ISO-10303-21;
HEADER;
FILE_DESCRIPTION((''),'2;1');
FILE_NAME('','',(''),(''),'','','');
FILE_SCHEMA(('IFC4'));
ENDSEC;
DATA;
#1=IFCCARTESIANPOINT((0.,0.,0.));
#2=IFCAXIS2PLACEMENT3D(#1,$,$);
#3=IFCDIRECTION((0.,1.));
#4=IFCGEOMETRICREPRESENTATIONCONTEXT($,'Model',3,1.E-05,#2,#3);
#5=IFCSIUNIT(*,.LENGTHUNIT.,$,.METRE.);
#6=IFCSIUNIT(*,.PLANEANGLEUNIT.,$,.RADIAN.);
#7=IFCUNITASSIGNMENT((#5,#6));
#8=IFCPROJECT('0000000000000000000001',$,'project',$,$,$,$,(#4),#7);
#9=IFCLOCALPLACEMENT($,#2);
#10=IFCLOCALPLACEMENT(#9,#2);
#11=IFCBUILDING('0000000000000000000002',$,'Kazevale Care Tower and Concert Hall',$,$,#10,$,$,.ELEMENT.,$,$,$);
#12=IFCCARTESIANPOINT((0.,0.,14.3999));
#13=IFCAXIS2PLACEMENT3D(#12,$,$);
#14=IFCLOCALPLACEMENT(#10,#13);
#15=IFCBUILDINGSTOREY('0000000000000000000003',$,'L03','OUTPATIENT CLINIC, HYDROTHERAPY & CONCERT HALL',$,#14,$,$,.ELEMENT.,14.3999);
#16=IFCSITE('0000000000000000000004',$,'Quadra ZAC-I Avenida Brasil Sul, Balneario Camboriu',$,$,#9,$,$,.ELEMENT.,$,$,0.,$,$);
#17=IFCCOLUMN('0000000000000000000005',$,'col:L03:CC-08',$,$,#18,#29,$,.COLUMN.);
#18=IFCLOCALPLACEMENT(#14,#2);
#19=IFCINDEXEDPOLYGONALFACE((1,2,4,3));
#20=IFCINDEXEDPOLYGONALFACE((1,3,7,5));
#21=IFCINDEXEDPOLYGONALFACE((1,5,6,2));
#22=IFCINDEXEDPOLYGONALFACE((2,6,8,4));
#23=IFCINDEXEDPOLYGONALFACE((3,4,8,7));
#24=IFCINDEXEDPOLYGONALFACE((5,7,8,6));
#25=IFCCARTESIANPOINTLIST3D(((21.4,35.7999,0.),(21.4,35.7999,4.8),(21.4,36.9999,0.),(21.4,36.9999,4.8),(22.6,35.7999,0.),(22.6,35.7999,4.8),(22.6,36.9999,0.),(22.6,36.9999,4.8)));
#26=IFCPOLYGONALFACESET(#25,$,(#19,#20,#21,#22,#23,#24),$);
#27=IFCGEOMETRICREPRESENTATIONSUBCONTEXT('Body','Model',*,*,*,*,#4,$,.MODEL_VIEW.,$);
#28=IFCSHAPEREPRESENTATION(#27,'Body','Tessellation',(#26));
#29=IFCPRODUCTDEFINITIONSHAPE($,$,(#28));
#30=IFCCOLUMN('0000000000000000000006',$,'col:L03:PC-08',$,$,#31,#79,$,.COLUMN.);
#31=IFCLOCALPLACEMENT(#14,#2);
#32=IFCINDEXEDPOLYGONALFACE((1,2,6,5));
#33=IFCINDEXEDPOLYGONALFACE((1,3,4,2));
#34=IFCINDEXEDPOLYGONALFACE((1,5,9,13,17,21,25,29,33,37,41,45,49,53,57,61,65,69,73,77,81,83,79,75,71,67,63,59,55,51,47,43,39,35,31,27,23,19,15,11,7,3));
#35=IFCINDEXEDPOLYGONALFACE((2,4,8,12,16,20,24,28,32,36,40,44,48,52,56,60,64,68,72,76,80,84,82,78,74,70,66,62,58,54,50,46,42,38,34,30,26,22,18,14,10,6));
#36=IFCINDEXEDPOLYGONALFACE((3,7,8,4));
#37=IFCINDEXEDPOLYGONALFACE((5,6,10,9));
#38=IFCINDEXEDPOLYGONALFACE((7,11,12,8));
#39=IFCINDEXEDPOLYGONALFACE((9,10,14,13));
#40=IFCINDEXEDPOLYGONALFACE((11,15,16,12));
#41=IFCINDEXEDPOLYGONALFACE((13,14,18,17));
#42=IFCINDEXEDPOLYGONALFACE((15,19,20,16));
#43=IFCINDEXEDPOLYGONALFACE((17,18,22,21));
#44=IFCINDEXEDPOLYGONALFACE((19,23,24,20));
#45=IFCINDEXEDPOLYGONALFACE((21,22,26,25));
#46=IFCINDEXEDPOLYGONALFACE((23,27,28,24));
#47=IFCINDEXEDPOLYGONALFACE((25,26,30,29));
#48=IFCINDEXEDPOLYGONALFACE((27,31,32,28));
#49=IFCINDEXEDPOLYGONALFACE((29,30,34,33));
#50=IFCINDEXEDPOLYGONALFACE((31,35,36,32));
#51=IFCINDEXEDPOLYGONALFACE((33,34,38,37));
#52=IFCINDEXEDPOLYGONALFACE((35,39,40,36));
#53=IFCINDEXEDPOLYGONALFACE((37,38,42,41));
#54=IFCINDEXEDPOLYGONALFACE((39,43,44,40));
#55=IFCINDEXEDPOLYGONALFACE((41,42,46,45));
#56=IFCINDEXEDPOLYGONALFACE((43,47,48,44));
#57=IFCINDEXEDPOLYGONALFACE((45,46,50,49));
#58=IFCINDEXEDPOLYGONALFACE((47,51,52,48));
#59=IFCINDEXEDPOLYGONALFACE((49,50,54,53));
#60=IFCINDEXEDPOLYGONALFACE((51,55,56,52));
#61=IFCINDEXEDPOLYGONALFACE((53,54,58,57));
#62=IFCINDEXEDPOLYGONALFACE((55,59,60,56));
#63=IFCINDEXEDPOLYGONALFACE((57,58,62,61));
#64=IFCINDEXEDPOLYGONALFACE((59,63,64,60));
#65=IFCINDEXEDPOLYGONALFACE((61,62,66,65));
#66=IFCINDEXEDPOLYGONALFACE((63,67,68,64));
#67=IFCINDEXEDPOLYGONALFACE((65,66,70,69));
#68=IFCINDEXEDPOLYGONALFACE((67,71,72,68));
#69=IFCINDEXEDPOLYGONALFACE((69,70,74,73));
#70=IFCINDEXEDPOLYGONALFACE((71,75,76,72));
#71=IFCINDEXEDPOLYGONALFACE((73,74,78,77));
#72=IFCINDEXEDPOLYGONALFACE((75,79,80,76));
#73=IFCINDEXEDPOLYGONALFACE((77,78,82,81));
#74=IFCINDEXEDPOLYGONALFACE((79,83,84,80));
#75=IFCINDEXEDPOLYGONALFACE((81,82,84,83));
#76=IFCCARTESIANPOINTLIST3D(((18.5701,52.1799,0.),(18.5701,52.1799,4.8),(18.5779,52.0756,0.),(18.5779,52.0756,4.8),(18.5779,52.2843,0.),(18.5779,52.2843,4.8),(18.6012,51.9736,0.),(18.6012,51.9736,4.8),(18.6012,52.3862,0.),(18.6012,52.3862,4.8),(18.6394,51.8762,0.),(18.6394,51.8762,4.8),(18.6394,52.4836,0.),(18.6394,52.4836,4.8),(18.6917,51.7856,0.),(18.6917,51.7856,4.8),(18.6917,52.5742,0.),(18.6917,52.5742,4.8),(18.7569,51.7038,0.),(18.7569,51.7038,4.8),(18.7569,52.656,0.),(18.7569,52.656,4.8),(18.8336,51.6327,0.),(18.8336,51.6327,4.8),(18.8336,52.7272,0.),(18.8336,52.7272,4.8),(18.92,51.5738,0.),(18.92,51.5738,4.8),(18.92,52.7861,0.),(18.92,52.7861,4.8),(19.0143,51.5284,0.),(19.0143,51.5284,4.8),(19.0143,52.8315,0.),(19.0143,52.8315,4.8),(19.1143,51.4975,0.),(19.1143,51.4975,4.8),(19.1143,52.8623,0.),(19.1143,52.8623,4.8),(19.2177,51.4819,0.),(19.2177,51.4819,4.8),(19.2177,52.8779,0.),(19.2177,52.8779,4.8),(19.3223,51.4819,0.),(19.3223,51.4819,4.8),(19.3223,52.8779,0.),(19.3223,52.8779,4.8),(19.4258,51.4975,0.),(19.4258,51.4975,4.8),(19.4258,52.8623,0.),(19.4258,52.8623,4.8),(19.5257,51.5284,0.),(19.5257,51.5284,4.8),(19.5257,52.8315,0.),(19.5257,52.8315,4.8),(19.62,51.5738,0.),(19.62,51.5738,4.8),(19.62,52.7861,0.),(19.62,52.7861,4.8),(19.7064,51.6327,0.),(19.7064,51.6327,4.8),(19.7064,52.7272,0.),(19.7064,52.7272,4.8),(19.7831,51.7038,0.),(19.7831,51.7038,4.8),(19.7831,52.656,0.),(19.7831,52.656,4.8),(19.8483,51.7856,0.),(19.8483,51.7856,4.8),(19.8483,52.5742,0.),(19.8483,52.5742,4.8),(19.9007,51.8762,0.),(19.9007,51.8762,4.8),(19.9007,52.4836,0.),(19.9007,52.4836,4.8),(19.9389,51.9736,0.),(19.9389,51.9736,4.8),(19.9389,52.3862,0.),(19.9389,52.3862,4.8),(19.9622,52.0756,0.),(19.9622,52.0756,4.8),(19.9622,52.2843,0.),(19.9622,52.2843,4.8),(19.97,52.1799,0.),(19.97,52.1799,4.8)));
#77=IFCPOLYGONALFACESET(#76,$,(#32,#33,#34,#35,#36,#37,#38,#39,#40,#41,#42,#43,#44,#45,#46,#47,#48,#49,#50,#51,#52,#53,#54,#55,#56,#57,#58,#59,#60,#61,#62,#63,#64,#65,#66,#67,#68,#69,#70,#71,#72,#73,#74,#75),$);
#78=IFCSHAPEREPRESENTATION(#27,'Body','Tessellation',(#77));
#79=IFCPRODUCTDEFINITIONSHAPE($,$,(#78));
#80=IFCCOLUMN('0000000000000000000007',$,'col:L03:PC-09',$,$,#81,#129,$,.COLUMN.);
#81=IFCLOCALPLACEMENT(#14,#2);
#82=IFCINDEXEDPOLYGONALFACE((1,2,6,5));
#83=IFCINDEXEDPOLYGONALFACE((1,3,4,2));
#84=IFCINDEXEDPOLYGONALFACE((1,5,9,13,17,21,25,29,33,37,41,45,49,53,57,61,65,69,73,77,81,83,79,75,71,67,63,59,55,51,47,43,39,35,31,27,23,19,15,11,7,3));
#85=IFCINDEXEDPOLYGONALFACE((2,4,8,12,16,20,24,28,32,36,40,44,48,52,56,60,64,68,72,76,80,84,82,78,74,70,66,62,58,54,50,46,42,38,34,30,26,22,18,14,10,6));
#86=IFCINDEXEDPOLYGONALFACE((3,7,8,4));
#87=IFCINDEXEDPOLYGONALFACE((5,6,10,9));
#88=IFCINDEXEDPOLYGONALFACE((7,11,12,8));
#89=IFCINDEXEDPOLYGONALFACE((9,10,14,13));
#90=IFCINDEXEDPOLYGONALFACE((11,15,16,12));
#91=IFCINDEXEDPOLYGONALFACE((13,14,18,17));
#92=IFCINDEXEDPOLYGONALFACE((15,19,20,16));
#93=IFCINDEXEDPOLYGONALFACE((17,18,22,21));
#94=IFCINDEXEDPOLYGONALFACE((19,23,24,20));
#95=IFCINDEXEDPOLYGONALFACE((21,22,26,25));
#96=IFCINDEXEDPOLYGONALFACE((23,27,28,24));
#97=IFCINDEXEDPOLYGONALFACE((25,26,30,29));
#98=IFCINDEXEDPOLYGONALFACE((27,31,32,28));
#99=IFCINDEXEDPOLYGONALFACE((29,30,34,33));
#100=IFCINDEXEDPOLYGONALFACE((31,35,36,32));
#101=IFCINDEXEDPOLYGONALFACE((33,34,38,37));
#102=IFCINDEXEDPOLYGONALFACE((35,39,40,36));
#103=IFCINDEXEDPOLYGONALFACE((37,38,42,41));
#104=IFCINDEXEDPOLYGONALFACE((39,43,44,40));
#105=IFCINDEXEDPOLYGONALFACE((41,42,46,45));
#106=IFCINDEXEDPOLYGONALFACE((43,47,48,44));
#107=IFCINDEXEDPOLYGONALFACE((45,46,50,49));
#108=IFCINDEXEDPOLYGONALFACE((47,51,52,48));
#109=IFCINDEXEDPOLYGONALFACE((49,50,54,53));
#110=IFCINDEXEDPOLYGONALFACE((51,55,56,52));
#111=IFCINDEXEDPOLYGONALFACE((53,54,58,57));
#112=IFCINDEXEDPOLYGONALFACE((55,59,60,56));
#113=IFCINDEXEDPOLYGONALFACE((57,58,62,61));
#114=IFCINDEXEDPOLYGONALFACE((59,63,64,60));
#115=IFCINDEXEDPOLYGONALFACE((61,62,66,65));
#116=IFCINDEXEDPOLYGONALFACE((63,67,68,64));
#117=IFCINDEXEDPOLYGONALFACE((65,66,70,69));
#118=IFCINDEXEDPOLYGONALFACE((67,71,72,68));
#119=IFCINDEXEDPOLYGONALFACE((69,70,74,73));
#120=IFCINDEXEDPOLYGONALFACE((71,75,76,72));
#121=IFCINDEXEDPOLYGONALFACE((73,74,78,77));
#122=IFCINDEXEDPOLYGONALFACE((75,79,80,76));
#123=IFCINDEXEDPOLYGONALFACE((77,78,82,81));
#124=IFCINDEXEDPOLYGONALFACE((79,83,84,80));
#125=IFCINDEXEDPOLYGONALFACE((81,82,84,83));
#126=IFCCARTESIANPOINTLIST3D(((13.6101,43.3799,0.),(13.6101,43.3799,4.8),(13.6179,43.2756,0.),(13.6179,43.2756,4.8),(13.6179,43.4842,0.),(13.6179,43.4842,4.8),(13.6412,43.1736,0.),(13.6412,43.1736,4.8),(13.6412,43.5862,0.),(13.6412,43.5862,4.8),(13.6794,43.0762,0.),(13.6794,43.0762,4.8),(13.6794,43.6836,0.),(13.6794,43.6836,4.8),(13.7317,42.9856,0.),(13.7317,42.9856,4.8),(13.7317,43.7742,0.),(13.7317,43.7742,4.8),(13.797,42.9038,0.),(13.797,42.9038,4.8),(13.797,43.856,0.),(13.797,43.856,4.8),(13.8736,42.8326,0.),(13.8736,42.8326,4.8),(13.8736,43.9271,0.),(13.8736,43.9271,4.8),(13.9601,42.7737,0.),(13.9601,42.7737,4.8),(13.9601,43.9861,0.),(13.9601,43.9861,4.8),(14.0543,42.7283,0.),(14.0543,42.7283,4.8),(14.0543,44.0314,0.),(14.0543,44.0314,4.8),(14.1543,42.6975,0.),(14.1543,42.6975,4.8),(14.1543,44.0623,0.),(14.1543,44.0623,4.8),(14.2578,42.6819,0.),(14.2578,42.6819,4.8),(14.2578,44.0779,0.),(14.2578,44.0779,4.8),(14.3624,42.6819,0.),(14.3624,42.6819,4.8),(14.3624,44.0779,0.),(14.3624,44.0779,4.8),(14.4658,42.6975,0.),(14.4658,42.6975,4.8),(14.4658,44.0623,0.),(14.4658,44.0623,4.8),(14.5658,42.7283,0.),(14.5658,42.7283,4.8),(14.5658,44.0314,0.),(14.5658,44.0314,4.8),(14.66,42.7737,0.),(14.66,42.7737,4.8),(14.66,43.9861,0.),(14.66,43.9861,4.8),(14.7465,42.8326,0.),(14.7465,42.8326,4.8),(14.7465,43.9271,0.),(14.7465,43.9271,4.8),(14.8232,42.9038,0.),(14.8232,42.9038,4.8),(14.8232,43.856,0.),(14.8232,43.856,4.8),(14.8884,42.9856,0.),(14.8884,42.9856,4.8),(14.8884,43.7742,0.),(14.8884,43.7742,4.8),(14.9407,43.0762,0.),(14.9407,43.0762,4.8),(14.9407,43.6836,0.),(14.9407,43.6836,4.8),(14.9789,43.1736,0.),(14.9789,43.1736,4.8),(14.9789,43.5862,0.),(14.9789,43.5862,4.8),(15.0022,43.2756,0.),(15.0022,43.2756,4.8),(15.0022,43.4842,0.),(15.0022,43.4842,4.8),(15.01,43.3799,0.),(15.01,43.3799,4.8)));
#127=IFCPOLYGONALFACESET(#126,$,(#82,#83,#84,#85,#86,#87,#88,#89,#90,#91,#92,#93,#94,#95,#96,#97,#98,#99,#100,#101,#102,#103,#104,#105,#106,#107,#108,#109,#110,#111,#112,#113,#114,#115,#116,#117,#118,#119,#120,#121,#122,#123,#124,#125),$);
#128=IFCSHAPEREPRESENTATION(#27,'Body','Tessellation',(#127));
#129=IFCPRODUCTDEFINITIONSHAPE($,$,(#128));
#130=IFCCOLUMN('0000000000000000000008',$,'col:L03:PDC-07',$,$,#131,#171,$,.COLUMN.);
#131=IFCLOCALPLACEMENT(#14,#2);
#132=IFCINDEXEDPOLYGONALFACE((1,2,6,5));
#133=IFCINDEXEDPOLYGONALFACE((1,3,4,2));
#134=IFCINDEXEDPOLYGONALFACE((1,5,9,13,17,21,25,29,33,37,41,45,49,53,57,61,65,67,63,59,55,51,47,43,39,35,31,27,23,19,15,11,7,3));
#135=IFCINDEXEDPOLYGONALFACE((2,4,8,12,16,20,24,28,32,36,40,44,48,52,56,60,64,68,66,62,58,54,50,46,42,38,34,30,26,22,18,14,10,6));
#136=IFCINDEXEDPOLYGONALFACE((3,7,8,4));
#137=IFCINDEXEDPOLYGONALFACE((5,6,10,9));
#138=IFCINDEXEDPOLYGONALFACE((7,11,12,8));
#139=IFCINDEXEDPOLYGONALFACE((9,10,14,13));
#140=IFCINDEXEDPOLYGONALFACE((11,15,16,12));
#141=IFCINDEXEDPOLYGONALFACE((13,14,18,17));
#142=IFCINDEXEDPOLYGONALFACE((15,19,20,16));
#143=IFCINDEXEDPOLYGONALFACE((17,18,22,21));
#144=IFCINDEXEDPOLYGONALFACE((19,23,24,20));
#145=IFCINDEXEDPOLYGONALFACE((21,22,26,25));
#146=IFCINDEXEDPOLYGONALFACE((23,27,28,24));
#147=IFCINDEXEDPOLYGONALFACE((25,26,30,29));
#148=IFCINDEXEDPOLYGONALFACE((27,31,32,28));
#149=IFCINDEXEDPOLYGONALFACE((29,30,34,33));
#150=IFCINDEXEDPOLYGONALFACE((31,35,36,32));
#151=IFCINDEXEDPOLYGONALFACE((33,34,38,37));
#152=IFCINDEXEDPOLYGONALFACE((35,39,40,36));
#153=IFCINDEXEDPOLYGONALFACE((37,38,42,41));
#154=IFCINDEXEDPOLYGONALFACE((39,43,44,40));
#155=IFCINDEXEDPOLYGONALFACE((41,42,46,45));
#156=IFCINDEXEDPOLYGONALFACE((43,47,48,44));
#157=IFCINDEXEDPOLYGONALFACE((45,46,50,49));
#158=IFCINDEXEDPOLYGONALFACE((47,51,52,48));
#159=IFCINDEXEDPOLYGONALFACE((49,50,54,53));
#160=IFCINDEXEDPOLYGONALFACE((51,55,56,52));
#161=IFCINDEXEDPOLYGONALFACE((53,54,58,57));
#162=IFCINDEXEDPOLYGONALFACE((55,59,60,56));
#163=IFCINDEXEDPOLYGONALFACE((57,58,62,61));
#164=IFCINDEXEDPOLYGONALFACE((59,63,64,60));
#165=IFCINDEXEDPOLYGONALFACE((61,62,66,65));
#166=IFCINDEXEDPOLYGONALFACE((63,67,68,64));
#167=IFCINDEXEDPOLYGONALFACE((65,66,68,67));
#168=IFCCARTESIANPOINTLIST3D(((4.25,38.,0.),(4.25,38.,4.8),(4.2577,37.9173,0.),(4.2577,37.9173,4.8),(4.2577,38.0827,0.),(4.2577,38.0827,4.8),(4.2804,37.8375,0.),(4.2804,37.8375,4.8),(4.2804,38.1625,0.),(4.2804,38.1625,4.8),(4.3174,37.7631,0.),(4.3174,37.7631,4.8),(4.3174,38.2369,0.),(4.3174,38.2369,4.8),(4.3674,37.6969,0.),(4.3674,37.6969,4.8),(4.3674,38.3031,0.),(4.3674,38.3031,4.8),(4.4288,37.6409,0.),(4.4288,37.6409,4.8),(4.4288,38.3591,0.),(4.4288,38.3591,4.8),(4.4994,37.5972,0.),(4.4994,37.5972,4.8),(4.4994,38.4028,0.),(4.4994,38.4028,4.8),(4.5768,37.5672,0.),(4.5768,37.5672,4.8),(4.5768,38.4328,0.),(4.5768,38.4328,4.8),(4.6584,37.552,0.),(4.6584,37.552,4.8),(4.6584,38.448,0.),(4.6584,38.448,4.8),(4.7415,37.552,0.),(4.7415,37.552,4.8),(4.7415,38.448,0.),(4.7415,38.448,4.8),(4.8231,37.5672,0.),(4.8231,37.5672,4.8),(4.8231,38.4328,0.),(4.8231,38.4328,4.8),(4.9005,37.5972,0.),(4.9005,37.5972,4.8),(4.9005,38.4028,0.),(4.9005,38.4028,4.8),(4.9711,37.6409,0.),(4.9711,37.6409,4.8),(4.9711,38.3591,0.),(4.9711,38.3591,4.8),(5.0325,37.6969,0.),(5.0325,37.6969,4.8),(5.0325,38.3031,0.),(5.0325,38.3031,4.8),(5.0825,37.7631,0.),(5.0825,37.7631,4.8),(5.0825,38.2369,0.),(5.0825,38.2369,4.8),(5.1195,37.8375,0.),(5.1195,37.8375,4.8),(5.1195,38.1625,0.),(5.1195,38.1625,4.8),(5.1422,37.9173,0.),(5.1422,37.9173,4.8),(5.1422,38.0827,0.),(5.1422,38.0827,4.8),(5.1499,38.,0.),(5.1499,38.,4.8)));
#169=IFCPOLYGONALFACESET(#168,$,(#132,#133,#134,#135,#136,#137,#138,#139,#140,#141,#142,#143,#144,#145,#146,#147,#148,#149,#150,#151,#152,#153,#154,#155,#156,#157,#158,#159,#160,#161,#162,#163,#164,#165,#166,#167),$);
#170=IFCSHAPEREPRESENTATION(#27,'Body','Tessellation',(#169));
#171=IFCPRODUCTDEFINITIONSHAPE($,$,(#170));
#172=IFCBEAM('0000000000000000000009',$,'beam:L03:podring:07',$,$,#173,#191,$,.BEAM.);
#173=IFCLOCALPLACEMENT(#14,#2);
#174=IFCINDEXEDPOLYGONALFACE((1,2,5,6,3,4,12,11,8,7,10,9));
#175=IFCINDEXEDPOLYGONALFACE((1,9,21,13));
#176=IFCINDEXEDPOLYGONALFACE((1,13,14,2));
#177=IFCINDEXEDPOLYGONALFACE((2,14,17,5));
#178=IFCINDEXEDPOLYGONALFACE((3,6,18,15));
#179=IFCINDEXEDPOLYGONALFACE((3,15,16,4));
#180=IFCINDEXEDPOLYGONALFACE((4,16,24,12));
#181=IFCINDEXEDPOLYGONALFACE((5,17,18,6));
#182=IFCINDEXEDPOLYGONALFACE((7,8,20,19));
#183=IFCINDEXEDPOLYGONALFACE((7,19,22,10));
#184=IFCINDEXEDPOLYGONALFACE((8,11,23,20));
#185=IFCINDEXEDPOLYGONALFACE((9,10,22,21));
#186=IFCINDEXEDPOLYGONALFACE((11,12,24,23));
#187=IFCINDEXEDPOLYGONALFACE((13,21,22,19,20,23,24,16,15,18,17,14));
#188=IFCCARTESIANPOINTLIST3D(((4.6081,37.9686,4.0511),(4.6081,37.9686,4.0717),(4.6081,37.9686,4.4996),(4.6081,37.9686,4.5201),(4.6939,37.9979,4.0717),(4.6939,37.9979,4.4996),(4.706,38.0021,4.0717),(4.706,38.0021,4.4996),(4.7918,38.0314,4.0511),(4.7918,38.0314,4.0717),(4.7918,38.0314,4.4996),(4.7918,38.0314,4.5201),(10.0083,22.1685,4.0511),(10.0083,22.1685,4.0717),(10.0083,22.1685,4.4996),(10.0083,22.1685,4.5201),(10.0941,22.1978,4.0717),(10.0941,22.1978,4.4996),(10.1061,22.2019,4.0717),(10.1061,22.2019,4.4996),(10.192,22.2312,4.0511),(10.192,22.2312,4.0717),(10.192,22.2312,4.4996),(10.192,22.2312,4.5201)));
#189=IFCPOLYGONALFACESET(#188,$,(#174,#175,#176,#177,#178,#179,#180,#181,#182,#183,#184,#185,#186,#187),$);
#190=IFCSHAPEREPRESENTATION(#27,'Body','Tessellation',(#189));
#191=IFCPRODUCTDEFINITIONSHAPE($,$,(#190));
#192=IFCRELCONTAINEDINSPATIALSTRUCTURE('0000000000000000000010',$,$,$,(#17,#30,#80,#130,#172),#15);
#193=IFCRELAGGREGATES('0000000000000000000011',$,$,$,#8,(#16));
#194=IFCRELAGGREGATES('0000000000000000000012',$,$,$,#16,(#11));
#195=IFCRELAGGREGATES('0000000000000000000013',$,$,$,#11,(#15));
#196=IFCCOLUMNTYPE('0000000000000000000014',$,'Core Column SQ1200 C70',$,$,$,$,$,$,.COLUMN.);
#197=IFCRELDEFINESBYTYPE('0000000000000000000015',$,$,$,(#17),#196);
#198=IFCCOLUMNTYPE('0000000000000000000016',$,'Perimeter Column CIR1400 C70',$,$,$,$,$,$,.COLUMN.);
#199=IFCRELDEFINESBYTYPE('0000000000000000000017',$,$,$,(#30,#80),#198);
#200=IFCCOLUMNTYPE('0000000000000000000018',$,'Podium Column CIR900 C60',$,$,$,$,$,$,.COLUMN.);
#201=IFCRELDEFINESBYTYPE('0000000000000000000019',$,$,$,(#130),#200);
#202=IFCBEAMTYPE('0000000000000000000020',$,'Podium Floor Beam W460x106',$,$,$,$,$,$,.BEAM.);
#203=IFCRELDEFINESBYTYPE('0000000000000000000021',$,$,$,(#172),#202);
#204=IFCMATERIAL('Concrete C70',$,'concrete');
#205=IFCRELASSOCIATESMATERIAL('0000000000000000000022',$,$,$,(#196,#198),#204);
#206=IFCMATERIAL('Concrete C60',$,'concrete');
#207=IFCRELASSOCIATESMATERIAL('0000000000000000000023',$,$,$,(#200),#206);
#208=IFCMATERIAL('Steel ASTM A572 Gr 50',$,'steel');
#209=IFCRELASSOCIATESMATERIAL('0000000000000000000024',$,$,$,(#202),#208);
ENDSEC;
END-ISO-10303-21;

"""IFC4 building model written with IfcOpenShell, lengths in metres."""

from ifc_helpers import new_model, si_unit, direction, frame, origin, origin_2d, place, context, subcontext, project, spatial, rectangle, circle, i_section, extrude, material, material_profile, profile_set, type_object, element, save


model = new_model("IFC4")

# Units and contexts
model_context = context("Model", 3, precision=1e-05, world=origin(), true_north=direction((0.0, 1.0)))
body_context = subcontext(model_context, "Body", "Model", "MODEL_VIEW")
ifc_project = project(units=[si_unit("LENGTHUNIT", "METRE"), si_unit("PLANEANGLEUNIT", "RADIAN")], contexts=[model_context])

# Site, building, storey
site_placement = place(None, origin())
site = spatial("IfcSite", under=ifc_project, at=site_placement, Name="Quadra ZAC-I Avenida Brasil Sul, Balneario Camboriu", CompositionType="ELEMENT", RefElevation=0.0)
building_placement = place(site_placement, origin())
building = spatial("IfcBuilding", under=site, at=building_placement, Name="Kazevale Care Tower and Concert Hall", CompositionType="ELEMENT")
storey_placement = place(building_placement, frame((0.0, 0.0, 14.3999)))
storey = spatial("IfcBuildingStorey", under=building, at=storey_placement, Name="L03", Description="OUTPATIENT CLINIC, HYDROTHERAPY & CONCERT HALL", CompositionType="ELEMENT", Elevation=14.3999)

# Columns
ifc_material_1 = material(Name="Concrete C70", Category="concrete")
ifc_material_profile_1 = material_profile(ifc_material_1, rectangle(XDim=1.2, YDim=1.2, at=origin_2d()), Name="RC-SQ1200")
ifc_profile_set_1 = profile_set([ifc_material_profile_1], Name="Concrete C70")
column_type_1 = type_object("IfcColumnType", Name="Core Column SQ1200 C70", PredefinedType="COLUMN", material=ifc_profile_set_1)
column_1_placement = place(storey_placement, frame((22.0, 36.3999, 0.0), z_axis=(0.0, 0.0, 1.0), x_axis=(1.0, 0.0, 0.0)))
element("IfcColumn", 1, at=column_1_placement, inside=storey, type_object=column_type_1, Name="col:L03:CC-08", PredefinedType="COLUMN", context=body_context, shape_type="SweptSolid", body=[
    extrude(rectangle(XDim=1.2, YDim=1.2, at=origin_2d()), origin(), (0.0, 0.0, 1.0), 4.8),
])
ifc_material_profile_2 = material_profile(ifc_material_1, circle(Radius=0.7, at=origin_2d()), Name="RC-CIR1400")
ifc_profile_set_2 = profile_set([ifc_material_profile_2], Name="Concrete C70")
column_type_2 = type_object("IfcColumnType", Name="Perimeter Column CIR1400 C70", PredefinedType="COLUMN", material=ifc_profile_set_2)
for number, where, z_axis, x_axis, name in (
    (2, (19.27, 52.1799, 0.0), (0.0, 0.0, 1.0), (1.0, 0.0, 0.0), "col:L03:PC-08"),
    (3, (14.3101, 43.3799, 0.0), (0.0, 0.0, 1.0), (1.0, 0.0, 0.0), "col:L03:PC-09"),
):
    element("IfcColumn", number, at=place(storey_placement, frame(where, z_axis=z_axis, x_axis=x_axis)), inside=storey, type_object=column_type_2, Name=name, PredefinedType="COLUMN", context=body_context, shape_type="SweptSolid", body=[
        extrude(circle(Radius=0.7, at=origin_2d()), origin(), (0.0, 0.0, 1.0), 4.8),
    ])
ifc_material_2 = material(Name="Concrete C60", Category="concrete")
ifc_material_profile_3 = material_profile(ifc_material_2, circle(Radius=0.45, at=origin_2d()), Name="RC-CIR900")
ifc_profile_set_3 = profile_set([ifc_material_profile_3], Name="Concrete C60")
column_type_3 = type_object("IfcColumnType", Name="Podium Column CIR900 C60", PredefinedType="COLUMN", material=ifc_profile_set_3)
column_2_placement = place(storey_placement, frame((4.7, 38.0, 0.0), z_axis=(0.0, 0.0, 1.0), x_axis=(1.0, 0.0, 0.0)))
element("IfcColumn", 4, at=column_2_placement, inside=storey, type_object=column_type_3, Name="col:L03:PDC-07", PredefinedType="COLUMN", context=body_context, shape_type="SweptSolid", body=[
    extrude(circle(Radius=0.45, at=origin_2d()), origin(), (0.0, 0.0, 1.0), 4.8),
])

# Beam
ifc_material_3 = material(Name="Steel ASTM A572 Gr 50", Category="steel")
ifc_material_profile_4 = material_profile(ifc_material_3, i_section(OverallWidth=0.1941, OverallDepth=0.469, WebThickness=0.0127, FlangeThickness=0.0205, at=origin_2d()), Name="W460x106")
ifc_profile_set_4 = profile_set([ifc_material_profile_4], Name="Steel ASTM A572 Gr 50")
beam_type_1 = type_object("IfcBeamType", Name="Podium Floor Beam W460x106", PredefinedType="BEAM", material=ifc_profile_set_4)
beam_1_placement = place(storey_placement, frame((4.7, 38.0, 4.2856), z_axis=(0.323412, -0.946258, 0.0), x_axis=(0.946258, 0.323412, 0.0)))
element("IfcBeam", 5, at=beam_1_placement, inside=storey, type_object=beam_type_1, Name="beam:L03:podring:07", PredefinedType="BEAM", context=body_context, shape_type="SweptSolid", body=[
    extrude(i_section(OverallWidth=0.1941, OverallDepth=0.469, WebThickness=0.0127, FlangeThickness=0.0205, at=origin_2d()), origin(), (0.0, 0.0, 1.0), 16.6975),
])

save(model, "model.ifc")
